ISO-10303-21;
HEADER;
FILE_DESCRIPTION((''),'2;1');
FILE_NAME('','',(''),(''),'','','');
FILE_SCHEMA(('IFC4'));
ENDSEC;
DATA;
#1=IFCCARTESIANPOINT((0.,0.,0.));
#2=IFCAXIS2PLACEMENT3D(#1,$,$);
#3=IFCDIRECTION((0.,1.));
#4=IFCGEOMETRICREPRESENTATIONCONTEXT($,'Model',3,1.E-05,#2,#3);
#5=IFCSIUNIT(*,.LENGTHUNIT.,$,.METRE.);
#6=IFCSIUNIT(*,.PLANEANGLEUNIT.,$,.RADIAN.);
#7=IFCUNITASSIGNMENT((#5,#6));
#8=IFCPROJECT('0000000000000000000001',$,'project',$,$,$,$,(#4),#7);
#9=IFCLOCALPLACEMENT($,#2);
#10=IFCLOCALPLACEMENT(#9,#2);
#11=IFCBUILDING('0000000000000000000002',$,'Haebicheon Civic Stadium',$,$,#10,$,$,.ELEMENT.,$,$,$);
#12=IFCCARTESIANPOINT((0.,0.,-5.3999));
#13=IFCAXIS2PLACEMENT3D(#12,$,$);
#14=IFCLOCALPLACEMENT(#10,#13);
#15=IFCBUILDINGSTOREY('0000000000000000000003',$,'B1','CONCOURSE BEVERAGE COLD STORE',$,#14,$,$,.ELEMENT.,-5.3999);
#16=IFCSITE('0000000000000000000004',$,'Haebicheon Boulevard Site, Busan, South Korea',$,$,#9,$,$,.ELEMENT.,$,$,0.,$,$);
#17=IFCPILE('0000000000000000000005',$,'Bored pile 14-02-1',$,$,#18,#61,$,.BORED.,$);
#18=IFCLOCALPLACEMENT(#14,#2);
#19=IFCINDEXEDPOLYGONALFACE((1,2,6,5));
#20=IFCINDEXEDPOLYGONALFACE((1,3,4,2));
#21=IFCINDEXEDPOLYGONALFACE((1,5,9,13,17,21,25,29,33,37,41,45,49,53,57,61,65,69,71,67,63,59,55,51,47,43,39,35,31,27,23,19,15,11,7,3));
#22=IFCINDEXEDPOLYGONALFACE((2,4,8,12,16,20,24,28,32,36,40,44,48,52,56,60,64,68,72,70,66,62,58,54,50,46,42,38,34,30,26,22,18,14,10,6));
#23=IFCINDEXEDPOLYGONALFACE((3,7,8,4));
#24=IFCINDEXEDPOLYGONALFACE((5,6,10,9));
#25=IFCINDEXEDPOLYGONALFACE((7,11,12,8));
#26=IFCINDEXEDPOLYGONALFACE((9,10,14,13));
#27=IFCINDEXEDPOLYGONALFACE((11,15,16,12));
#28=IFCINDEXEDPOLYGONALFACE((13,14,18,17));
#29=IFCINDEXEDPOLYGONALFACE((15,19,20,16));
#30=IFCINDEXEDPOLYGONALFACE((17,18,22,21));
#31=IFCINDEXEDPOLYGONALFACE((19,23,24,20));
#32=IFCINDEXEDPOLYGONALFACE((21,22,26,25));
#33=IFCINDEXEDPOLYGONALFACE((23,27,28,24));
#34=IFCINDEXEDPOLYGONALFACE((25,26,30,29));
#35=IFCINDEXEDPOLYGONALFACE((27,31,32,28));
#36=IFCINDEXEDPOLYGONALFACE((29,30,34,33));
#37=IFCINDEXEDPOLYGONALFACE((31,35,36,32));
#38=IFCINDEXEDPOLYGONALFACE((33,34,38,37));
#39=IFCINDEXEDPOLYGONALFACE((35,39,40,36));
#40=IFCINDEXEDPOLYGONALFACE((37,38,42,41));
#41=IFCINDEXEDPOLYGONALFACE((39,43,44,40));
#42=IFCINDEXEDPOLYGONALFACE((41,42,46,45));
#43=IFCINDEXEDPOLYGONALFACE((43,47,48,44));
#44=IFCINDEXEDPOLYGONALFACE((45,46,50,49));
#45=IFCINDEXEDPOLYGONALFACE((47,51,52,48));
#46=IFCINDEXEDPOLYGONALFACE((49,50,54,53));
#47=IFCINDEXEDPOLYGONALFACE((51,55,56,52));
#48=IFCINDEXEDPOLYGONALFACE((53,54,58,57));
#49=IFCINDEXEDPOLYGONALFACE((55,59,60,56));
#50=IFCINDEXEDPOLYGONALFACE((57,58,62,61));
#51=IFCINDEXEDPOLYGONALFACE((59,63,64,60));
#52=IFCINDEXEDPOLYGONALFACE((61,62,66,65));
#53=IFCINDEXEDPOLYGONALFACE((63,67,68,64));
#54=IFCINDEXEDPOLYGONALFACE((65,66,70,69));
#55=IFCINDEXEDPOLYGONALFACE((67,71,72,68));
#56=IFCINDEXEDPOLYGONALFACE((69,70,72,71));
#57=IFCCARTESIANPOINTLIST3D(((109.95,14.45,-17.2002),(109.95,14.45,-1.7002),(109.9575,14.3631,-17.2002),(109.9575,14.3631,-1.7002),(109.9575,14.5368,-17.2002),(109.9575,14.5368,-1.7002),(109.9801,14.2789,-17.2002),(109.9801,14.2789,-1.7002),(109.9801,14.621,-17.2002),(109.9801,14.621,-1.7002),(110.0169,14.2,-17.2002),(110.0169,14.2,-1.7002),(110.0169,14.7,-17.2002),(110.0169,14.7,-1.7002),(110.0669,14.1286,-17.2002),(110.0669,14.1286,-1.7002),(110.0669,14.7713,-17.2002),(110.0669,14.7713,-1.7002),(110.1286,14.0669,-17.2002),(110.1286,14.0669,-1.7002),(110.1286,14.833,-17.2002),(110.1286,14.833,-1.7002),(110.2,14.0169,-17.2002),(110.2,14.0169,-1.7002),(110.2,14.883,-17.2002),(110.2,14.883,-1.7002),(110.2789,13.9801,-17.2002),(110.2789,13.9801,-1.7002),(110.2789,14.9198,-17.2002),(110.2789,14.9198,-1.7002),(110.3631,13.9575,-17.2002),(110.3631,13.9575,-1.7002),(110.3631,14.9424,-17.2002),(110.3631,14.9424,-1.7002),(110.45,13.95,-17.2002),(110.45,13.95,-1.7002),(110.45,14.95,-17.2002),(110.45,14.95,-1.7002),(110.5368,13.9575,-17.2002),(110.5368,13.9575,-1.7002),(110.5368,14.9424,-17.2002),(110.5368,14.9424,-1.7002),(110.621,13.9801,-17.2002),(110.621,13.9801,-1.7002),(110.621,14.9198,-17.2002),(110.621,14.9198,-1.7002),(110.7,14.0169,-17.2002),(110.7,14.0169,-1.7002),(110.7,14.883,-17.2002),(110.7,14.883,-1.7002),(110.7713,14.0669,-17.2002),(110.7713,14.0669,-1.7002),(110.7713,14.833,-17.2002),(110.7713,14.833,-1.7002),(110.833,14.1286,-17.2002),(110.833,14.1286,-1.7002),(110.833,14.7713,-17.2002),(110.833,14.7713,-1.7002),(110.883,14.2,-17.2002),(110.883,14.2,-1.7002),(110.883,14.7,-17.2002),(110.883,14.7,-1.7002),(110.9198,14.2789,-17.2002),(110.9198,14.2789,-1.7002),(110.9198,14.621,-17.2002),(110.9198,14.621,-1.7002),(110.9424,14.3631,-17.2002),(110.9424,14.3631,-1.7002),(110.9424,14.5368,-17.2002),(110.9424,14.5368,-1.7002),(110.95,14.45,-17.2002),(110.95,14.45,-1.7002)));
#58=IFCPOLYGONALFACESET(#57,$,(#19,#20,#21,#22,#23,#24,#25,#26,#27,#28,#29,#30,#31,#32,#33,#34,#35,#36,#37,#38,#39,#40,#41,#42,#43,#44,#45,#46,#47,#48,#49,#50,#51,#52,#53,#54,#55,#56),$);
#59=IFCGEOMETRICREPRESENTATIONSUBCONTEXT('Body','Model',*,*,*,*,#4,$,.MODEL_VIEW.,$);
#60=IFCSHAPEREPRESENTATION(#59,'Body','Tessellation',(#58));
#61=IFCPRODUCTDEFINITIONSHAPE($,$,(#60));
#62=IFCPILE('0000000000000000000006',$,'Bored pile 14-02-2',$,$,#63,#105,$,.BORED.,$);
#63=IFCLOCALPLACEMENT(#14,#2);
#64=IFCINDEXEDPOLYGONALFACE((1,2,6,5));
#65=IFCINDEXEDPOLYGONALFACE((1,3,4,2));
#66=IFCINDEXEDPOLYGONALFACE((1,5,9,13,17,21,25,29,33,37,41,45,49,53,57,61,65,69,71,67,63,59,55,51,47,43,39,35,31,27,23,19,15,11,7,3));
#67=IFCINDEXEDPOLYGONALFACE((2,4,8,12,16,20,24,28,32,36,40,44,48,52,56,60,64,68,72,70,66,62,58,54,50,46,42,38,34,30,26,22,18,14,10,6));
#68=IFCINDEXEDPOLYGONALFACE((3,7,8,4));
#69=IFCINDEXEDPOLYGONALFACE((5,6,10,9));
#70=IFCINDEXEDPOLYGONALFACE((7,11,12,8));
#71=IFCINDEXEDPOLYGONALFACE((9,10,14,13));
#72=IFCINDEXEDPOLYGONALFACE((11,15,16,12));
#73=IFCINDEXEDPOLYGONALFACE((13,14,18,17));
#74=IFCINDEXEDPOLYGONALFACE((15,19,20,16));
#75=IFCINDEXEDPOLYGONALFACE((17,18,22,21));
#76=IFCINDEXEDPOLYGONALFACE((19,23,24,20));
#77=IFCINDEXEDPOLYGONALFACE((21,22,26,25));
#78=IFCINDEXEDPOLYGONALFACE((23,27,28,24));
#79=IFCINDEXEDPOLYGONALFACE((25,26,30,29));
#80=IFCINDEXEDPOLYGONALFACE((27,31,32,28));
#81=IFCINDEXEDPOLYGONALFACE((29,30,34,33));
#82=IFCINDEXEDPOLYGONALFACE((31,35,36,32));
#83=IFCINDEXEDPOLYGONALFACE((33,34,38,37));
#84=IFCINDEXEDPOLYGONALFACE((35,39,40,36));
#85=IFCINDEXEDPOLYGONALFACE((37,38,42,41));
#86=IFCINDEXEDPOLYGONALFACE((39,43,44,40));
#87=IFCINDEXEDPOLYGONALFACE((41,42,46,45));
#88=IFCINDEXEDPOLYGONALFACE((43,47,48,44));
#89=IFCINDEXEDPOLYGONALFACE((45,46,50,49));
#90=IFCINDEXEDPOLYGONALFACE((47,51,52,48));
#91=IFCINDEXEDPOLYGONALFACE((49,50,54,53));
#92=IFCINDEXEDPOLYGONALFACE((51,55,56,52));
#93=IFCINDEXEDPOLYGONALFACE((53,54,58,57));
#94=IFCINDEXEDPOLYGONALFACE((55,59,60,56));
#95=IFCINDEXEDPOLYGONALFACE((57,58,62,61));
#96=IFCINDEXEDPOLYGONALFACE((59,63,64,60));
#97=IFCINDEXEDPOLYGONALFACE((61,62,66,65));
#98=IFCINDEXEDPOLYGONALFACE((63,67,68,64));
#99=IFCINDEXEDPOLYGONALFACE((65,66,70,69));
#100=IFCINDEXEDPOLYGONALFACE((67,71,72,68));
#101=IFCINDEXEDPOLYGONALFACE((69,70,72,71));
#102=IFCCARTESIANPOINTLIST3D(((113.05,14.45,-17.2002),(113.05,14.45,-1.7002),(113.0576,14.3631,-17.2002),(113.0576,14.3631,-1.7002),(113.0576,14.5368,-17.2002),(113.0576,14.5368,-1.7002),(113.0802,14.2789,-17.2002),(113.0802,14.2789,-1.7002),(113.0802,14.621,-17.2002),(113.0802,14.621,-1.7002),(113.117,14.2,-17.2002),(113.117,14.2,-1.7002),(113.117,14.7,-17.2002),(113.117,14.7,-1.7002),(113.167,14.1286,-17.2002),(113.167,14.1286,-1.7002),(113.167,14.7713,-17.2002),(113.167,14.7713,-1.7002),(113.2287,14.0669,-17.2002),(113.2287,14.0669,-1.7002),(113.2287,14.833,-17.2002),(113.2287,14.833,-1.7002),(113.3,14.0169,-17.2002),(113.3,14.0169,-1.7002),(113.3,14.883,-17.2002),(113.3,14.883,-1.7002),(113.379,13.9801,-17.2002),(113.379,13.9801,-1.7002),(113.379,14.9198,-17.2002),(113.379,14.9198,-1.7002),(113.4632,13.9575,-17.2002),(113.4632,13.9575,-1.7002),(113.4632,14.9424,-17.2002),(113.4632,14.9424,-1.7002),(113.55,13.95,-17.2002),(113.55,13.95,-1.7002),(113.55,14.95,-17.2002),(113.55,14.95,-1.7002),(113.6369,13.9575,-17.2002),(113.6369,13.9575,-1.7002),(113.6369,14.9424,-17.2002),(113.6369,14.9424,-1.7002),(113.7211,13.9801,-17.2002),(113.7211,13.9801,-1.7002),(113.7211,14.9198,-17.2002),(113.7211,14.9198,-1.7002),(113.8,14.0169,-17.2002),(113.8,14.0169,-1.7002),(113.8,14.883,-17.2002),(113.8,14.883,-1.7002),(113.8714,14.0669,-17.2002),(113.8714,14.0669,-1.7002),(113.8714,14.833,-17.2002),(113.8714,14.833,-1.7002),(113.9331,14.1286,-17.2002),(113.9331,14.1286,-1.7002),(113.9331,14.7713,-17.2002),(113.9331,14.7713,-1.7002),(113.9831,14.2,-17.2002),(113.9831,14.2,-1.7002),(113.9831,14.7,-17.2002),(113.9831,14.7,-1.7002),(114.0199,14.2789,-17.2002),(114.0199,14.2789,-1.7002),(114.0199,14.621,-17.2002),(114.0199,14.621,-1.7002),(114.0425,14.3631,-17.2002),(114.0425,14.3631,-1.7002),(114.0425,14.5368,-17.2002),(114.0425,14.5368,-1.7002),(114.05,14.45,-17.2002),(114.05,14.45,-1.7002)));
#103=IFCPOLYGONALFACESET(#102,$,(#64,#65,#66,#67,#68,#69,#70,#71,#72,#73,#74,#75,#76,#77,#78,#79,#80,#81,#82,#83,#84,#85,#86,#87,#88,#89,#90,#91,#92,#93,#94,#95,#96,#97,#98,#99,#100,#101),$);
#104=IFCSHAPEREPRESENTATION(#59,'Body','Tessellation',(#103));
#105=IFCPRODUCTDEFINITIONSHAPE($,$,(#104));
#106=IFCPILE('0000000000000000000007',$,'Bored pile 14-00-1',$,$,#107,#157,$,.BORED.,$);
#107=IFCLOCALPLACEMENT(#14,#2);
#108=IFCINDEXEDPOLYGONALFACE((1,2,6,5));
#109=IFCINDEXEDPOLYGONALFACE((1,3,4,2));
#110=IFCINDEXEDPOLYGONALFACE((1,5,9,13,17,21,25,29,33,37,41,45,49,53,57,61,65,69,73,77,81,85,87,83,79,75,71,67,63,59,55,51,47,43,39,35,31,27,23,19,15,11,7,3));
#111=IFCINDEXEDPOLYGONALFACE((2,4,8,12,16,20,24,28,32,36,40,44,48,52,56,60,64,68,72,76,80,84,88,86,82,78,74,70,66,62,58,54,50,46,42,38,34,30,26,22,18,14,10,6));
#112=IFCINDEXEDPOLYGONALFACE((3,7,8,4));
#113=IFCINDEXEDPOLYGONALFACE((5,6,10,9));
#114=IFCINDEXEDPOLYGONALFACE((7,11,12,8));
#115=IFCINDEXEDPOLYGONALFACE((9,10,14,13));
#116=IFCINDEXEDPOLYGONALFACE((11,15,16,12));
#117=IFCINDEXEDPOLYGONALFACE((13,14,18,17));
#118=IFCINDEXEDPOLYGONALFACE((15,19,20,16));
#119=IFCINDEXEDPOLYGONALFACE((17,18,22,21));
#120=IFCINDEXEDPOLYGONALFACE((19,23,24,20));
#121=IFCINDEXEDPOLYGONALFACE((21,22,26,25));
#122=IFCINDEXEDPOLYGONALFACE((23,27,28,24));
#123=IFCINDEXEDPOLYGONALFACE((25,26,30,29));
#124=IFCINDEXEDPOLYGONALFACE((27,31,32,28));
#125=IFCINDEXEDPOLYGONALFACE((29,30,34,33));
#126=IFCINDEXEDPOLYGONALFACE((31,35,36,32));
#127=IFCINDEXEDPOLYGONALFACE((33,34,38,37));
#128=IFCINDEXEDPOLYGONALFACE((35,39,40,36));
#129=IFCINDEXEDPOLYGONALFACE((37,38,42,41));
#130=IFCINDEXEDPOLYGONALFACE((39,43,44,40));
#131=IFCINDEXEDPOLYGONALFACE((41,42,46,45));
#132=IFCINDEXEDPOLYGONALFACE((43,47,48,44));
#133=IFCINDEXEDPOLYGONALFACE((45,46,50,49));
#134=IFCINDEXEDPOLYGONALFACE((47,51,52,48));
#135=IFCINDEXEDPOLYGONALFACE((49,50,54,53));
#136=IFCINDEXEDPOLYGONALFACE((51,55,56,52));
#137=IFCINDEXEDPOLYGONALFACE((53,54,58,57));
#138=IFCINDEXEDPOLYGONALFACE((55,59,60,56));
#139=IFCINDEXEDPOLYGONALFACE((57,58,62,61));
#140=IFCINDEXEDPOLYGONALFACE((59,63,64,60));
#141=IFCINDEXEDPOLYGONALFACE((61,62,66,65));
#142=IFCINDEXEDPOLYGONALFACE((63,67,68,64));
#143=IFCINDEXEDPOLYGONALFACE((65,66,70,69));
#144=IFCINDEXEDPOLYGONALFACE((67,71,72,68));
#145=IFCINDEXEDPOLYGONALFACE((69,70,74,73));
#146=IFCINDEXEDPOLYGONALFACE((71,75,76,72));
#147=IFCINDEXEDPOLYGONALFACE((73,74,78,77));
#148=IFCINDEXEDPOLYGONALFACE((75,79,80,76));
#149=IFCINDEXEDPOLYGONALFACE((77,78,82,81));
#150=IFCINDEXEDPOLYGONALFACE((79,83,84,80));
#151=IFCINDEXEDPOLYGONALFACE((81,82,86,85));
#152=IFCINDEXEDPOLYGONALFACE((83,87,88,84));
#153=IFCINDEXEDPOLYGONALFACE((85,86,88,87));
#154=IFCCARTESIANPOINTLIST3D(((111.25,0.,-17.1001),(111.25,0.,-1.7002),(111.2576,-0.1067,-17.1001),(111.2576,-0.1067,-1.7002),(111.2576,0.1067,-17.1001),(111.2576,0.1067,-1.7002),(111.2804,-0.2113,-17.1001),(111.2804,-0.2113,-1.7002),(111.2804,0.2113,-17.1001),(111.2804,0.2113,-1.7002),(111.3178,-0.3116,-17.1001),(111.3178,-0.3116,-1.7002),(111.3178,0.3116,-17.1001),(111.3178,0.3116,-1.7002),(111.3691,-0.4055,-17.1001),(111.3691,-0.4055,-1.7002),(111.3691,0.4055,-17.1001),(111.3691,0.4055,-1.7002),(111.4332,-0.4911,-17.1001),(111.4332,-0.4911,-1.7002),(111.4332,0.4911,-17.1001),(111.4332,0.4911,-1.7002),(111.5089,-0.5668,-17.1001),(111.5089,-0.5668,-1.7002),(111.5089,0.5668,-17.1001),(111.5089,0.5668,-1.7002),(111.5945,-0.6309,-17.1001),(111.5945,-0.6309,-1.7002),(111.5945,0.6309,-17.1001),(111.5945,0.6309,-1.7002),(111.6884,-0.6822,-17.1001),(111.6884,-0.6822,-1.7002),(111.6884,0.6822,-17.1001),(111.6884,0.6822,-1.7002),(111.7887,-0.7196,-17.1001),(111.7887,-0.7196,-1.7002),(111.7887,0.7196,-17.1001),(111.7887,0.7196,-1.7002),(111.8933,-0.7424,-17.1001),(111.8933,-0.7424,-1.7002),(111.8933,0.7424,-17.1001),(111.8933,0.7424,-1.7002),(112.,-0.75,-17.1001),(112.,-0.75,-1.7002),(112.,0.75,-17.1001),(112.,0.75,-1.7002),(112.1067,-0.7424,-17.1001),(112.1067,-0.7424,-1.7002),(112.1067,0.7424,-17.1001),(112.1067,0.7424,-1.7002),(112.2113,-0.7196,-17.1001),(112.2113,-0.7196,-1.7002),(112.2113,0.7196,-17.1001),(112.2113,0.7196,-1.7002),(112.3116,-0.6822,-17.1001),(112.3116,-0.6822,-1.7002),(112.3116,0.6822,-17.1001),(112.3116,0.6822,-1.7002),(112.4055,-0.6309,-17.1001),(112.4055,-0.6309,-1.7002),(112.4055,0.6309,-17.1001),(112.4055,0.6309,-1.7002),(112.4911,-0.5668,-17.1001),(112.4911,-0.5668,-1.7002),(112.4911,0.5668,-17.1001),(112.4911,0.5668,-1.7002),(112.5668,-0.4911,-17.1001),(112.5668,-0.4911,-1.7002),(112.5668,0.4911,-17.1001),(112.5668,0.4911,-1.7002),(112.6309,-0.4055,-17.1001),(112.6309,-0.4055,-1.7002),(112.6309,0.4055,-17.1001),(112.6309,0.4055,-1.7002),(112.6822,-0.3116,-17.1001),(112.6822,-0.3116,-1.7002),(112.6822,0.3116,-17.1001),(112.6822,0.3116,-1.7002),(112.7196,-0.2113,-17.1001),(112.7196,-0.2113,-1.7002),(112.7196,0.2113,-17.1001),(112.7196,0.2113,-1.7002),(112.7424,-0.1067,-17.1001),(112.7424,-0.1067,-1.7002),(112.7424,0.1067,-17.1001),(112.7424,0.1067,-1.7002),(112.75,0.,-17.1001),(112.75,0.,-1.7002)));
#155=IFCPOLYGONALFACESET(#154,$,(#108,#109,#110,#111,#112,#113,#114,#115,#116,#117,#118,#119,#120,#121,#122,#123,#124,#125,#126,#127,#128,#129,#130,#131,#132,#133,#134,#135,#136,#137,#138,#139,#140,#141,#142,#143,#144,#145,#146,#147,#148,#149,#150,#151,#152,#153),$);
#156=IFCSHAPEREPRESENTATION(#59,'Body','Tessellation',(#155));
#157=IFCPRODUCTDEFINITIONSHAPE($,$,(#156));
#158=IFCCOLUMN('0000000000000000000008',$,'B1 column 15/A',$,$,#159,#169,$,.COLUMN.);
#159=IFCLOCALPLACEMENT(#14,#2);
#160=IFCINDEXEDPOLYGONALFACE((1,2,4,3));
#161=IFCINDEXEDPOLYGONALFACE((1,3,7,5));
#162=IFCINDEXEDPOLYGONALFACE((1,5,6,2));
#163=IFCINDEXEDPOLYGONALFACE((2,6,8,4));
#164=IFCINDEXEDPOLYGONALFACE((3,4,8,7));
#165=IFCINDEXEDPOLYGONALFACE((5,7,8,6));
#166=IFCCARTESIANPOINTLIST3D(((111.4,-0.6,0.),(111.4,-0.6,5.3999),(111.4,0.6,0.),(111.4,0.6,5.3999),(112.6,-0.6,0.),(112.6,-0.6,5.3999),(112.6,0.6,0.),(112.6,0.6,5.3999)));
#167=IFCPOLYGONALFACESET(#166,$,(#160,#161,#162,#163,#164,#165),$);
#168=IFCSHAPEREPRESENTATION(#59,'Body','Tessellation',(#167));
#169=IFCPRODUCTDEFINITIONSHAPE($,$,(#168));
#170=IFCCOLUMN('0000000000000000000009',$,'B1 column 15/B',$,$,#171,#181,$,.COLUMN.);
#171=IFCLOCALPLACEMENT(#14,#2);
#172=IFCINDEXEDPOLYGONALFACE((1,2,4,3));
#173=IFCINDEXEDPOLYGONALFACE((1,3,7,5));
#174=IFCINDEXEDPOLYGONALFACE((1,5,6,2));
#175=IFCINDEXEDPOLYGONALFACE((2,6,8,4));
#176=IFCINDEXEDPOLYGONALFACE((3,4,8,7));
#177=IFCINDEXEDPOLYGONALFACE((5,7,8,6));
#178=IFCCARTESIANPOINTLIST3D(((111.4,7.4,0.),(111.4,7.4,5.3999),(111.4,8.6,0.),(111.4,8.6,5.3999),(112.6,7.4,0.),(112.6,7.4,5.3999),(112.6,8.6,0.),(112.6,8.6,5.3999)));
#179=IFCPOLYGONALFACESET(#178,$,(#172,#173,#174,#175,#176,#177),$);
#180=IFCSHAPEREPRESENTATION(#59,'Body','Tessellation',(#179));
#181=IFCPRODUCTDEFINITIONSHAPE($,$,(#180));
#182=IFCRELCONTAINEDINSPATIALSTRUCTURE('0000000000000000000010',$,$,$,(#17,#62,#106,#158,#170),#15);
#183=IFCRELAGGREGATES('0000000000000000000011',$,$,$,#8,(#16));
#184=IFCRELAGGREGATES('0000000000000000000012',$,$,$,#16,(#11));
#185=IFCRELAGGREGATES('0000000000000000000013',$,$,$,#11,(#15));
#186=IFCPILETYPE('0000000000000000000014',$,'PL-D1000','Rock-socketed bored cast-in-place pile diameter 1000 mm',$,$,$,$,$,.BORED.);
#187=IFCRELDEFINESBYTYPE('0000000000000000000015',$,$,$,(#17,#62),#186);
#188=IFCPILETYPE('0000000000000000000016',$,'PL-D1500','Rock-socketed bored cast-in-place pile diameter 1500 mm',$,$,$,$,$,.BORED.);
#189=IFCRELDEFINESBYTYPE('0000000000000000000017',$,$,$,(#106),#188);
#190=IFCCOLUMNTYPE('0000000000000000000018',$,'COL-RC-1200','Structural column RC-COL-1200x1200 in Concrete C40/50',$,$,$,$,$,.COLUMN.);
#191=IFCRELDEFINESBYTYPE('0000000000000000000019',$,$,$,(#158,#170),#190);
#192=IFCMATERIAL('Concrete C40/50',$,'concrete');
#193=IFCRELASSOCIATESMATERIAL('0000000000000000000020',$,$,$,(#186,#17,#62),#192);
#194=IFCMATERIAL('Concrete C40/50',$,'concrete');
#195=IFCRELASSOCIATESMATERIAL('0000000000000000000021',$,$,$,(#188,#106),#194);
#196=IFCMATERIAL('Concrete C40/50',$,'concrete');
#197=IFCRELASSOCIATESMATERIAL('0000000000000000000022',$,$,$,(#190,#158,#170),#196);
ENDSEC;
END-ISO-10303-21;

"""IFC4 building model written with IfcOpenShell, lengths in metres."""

from ifc_helpers import new_model, si_unit, direction, frame, origin, origin_2d, place, context, subcontext, project, spatial, rectangle, circle, extrude, material, material_profile, profile_set, type_object, element, save


model = new_model("IFC4")

# Units and contexts
model_context = context("Model", 3, precision=1e-05, world=origin(), true_north=direction((0.0, 1.0)))
body_context = subcontext(model_context, "Body", "Model", "MODEL_VIEW")
ifc_project = project(units=[si_unit("LENGTHUNIT", "METRE"), si_unit("PLANEANGLEUNIT", "RADIAN")], contexts=[model_context])

# Site, building, storey
site_placement = place(None, origin())
site = spatial("IfcSite", under=ifc_project, at=site_placement, Name="Haebicheon Boulevard Site, Busan, South Korea", CompositionType="ELEMENT", RefElevation=0.0)
building_placement = place(site_placement, origin())
building = spatial("IfcBuilding", under=site, at=building_placement, Name="Haebicheon Civic Stadium", CompositionType="ELEMENT")
storey_placement = place(building_placement, frame((0.0, 0.0, -5.3999)))
storey = spatial("IfcBuildingStorey", under=building, at=storey_placement, Name="B1", Description="CONCOURSE BEVERAGE COLD STORE", CompositionType="ELEMENT", Elevation=-5.3999)

# Piles
ifc_material_1 = material(Name="Concrete C40/50", Category="concrete")
ifc_material_profile_1 = material_profile(ifc_material_1, circle(Radius=0.5, at=origin_2d()), Name="PILE-D1000")
ifc_profile_set_1 = profile_set([ifc_material_profile_1], Name="Concrete C40/50")
pile_type_1 = type_object("IfcPileType", Name="PL-D1000", Description="Rock-socketed bored cast-in-place pile diameter 1000 mm", PredefinedType="BORED", material=ifc_profile_set_1)
for number, where, z_axis, x_axis, name in (
    (1, (110.45, 14.45, -1.7002), (0.0, 0.0, -1.0), (1.0, 0.0, 0.0), "Bored pile 14-02-1"),
    (2, (113.55, 14.45, -1.7002), (0.0, 0.0, -1.0), (1.0, 0.0, 0.0), "Bored pile 14-02-2"),
):
    element("IfcPile", number, at=place(storey_placement, frame(where, z_axis=z_axis, x_axis=x_axis)), inside=storey, type_object=pile_type_1, material=ifc_profile_set_1, Name=name, PredefinedType="BORED", context=body_context, shape_type="SweptSolid", body=[
        extrude(circle(Radius=0.5, at=origin_2d()), origin(), (0.0, 0.0, 1.0), 15.5),
    ])
ifc_material_2 = material(Name="Concrete C40/50", Category="concrete")
ifc_material_profile_2 = material_profile(ifc_material_2, circle(Radius=0.75, at=origin_2d()), Name="PILE-D1500")
ifc_profile_set_2 = profile_set([ifc_material_profile_2], Name="Concrete C40/50")
pile_type_2 = type_object("IfcPileType", Name="PL-D1500", Description="Rock-socketed bored cast-in-place pile diameter 1500 mm", PredefinedType="BORED", material=ifc_profile_set_2)
pile_1_placement = place(storey_placement, frame((112.0, 0.0, -1.7002), z_axis=(0.0, 0.0, -1.0), x_axis=(1.0, 0.0, 0.0)))
element("IfcPile", 3, at=pile_1_placement, inside=storey, type_object=pile_type_2, material=ifc_profile_set_2, Name="Bored pile 14-00-1", PredefinedType="BORED", context=body_context, shape_type="SweptSolid", body=[
    extrude(circle(Radius=0.75, at=origin_2d()), origin(), (0.0, 0.0, 1.0), 15.3999),
])

# Columns
ifc_material_3 = material(Name="Concrete C40/50", Category="concrete")
ifc_material_profile_3 = material_profile(ifc_material_3, rectangle(XDim=1.2, YDim=1.2, at=origin_2d()), Name="RC-COL-1200x1200")
ifc_profile_set_3 = profile_set([ifc_material_profile_3], Name="Concrete C40/50")
column_type = type_object("IfcColumnType", Name="COL-RC-1200", Description="Structural column RC-COL-1200x1200 in Concrete C40/50", PredefinedType="COLUMN", material=ifc_profile_set_3)
for number, where, z_axis, x_axis, name in (
    (4, (112.0, 0.0, 0.0), (0.0, 0.0, 1.0), (1.0, 0.0, 0.0), "B1 column 15/A"),
    (5, (112.0, 8.0, 0.0), (0.0, 0.0, 1.0), (1.0, 0.0, 0.0), "B1 column 15/B"),
):
    element("IfcColumn", number, at=place(storey_placement, frame(where, z_axis=z_axis, x_axis=x_axis)), inside=storey, type_object=column_type, material=ifc_profile_set_3, Name=name, PredefinedType="COLUMN", context=body_context, shape_type="SweptSolid", body=[
        extrude(rectangle(XDim=1.2, YDim=1.2, at=origin_2d()), origin(), (0.0, 0.0, 1.0), 5.3999),
    ])

save(model, "model.ifc")
